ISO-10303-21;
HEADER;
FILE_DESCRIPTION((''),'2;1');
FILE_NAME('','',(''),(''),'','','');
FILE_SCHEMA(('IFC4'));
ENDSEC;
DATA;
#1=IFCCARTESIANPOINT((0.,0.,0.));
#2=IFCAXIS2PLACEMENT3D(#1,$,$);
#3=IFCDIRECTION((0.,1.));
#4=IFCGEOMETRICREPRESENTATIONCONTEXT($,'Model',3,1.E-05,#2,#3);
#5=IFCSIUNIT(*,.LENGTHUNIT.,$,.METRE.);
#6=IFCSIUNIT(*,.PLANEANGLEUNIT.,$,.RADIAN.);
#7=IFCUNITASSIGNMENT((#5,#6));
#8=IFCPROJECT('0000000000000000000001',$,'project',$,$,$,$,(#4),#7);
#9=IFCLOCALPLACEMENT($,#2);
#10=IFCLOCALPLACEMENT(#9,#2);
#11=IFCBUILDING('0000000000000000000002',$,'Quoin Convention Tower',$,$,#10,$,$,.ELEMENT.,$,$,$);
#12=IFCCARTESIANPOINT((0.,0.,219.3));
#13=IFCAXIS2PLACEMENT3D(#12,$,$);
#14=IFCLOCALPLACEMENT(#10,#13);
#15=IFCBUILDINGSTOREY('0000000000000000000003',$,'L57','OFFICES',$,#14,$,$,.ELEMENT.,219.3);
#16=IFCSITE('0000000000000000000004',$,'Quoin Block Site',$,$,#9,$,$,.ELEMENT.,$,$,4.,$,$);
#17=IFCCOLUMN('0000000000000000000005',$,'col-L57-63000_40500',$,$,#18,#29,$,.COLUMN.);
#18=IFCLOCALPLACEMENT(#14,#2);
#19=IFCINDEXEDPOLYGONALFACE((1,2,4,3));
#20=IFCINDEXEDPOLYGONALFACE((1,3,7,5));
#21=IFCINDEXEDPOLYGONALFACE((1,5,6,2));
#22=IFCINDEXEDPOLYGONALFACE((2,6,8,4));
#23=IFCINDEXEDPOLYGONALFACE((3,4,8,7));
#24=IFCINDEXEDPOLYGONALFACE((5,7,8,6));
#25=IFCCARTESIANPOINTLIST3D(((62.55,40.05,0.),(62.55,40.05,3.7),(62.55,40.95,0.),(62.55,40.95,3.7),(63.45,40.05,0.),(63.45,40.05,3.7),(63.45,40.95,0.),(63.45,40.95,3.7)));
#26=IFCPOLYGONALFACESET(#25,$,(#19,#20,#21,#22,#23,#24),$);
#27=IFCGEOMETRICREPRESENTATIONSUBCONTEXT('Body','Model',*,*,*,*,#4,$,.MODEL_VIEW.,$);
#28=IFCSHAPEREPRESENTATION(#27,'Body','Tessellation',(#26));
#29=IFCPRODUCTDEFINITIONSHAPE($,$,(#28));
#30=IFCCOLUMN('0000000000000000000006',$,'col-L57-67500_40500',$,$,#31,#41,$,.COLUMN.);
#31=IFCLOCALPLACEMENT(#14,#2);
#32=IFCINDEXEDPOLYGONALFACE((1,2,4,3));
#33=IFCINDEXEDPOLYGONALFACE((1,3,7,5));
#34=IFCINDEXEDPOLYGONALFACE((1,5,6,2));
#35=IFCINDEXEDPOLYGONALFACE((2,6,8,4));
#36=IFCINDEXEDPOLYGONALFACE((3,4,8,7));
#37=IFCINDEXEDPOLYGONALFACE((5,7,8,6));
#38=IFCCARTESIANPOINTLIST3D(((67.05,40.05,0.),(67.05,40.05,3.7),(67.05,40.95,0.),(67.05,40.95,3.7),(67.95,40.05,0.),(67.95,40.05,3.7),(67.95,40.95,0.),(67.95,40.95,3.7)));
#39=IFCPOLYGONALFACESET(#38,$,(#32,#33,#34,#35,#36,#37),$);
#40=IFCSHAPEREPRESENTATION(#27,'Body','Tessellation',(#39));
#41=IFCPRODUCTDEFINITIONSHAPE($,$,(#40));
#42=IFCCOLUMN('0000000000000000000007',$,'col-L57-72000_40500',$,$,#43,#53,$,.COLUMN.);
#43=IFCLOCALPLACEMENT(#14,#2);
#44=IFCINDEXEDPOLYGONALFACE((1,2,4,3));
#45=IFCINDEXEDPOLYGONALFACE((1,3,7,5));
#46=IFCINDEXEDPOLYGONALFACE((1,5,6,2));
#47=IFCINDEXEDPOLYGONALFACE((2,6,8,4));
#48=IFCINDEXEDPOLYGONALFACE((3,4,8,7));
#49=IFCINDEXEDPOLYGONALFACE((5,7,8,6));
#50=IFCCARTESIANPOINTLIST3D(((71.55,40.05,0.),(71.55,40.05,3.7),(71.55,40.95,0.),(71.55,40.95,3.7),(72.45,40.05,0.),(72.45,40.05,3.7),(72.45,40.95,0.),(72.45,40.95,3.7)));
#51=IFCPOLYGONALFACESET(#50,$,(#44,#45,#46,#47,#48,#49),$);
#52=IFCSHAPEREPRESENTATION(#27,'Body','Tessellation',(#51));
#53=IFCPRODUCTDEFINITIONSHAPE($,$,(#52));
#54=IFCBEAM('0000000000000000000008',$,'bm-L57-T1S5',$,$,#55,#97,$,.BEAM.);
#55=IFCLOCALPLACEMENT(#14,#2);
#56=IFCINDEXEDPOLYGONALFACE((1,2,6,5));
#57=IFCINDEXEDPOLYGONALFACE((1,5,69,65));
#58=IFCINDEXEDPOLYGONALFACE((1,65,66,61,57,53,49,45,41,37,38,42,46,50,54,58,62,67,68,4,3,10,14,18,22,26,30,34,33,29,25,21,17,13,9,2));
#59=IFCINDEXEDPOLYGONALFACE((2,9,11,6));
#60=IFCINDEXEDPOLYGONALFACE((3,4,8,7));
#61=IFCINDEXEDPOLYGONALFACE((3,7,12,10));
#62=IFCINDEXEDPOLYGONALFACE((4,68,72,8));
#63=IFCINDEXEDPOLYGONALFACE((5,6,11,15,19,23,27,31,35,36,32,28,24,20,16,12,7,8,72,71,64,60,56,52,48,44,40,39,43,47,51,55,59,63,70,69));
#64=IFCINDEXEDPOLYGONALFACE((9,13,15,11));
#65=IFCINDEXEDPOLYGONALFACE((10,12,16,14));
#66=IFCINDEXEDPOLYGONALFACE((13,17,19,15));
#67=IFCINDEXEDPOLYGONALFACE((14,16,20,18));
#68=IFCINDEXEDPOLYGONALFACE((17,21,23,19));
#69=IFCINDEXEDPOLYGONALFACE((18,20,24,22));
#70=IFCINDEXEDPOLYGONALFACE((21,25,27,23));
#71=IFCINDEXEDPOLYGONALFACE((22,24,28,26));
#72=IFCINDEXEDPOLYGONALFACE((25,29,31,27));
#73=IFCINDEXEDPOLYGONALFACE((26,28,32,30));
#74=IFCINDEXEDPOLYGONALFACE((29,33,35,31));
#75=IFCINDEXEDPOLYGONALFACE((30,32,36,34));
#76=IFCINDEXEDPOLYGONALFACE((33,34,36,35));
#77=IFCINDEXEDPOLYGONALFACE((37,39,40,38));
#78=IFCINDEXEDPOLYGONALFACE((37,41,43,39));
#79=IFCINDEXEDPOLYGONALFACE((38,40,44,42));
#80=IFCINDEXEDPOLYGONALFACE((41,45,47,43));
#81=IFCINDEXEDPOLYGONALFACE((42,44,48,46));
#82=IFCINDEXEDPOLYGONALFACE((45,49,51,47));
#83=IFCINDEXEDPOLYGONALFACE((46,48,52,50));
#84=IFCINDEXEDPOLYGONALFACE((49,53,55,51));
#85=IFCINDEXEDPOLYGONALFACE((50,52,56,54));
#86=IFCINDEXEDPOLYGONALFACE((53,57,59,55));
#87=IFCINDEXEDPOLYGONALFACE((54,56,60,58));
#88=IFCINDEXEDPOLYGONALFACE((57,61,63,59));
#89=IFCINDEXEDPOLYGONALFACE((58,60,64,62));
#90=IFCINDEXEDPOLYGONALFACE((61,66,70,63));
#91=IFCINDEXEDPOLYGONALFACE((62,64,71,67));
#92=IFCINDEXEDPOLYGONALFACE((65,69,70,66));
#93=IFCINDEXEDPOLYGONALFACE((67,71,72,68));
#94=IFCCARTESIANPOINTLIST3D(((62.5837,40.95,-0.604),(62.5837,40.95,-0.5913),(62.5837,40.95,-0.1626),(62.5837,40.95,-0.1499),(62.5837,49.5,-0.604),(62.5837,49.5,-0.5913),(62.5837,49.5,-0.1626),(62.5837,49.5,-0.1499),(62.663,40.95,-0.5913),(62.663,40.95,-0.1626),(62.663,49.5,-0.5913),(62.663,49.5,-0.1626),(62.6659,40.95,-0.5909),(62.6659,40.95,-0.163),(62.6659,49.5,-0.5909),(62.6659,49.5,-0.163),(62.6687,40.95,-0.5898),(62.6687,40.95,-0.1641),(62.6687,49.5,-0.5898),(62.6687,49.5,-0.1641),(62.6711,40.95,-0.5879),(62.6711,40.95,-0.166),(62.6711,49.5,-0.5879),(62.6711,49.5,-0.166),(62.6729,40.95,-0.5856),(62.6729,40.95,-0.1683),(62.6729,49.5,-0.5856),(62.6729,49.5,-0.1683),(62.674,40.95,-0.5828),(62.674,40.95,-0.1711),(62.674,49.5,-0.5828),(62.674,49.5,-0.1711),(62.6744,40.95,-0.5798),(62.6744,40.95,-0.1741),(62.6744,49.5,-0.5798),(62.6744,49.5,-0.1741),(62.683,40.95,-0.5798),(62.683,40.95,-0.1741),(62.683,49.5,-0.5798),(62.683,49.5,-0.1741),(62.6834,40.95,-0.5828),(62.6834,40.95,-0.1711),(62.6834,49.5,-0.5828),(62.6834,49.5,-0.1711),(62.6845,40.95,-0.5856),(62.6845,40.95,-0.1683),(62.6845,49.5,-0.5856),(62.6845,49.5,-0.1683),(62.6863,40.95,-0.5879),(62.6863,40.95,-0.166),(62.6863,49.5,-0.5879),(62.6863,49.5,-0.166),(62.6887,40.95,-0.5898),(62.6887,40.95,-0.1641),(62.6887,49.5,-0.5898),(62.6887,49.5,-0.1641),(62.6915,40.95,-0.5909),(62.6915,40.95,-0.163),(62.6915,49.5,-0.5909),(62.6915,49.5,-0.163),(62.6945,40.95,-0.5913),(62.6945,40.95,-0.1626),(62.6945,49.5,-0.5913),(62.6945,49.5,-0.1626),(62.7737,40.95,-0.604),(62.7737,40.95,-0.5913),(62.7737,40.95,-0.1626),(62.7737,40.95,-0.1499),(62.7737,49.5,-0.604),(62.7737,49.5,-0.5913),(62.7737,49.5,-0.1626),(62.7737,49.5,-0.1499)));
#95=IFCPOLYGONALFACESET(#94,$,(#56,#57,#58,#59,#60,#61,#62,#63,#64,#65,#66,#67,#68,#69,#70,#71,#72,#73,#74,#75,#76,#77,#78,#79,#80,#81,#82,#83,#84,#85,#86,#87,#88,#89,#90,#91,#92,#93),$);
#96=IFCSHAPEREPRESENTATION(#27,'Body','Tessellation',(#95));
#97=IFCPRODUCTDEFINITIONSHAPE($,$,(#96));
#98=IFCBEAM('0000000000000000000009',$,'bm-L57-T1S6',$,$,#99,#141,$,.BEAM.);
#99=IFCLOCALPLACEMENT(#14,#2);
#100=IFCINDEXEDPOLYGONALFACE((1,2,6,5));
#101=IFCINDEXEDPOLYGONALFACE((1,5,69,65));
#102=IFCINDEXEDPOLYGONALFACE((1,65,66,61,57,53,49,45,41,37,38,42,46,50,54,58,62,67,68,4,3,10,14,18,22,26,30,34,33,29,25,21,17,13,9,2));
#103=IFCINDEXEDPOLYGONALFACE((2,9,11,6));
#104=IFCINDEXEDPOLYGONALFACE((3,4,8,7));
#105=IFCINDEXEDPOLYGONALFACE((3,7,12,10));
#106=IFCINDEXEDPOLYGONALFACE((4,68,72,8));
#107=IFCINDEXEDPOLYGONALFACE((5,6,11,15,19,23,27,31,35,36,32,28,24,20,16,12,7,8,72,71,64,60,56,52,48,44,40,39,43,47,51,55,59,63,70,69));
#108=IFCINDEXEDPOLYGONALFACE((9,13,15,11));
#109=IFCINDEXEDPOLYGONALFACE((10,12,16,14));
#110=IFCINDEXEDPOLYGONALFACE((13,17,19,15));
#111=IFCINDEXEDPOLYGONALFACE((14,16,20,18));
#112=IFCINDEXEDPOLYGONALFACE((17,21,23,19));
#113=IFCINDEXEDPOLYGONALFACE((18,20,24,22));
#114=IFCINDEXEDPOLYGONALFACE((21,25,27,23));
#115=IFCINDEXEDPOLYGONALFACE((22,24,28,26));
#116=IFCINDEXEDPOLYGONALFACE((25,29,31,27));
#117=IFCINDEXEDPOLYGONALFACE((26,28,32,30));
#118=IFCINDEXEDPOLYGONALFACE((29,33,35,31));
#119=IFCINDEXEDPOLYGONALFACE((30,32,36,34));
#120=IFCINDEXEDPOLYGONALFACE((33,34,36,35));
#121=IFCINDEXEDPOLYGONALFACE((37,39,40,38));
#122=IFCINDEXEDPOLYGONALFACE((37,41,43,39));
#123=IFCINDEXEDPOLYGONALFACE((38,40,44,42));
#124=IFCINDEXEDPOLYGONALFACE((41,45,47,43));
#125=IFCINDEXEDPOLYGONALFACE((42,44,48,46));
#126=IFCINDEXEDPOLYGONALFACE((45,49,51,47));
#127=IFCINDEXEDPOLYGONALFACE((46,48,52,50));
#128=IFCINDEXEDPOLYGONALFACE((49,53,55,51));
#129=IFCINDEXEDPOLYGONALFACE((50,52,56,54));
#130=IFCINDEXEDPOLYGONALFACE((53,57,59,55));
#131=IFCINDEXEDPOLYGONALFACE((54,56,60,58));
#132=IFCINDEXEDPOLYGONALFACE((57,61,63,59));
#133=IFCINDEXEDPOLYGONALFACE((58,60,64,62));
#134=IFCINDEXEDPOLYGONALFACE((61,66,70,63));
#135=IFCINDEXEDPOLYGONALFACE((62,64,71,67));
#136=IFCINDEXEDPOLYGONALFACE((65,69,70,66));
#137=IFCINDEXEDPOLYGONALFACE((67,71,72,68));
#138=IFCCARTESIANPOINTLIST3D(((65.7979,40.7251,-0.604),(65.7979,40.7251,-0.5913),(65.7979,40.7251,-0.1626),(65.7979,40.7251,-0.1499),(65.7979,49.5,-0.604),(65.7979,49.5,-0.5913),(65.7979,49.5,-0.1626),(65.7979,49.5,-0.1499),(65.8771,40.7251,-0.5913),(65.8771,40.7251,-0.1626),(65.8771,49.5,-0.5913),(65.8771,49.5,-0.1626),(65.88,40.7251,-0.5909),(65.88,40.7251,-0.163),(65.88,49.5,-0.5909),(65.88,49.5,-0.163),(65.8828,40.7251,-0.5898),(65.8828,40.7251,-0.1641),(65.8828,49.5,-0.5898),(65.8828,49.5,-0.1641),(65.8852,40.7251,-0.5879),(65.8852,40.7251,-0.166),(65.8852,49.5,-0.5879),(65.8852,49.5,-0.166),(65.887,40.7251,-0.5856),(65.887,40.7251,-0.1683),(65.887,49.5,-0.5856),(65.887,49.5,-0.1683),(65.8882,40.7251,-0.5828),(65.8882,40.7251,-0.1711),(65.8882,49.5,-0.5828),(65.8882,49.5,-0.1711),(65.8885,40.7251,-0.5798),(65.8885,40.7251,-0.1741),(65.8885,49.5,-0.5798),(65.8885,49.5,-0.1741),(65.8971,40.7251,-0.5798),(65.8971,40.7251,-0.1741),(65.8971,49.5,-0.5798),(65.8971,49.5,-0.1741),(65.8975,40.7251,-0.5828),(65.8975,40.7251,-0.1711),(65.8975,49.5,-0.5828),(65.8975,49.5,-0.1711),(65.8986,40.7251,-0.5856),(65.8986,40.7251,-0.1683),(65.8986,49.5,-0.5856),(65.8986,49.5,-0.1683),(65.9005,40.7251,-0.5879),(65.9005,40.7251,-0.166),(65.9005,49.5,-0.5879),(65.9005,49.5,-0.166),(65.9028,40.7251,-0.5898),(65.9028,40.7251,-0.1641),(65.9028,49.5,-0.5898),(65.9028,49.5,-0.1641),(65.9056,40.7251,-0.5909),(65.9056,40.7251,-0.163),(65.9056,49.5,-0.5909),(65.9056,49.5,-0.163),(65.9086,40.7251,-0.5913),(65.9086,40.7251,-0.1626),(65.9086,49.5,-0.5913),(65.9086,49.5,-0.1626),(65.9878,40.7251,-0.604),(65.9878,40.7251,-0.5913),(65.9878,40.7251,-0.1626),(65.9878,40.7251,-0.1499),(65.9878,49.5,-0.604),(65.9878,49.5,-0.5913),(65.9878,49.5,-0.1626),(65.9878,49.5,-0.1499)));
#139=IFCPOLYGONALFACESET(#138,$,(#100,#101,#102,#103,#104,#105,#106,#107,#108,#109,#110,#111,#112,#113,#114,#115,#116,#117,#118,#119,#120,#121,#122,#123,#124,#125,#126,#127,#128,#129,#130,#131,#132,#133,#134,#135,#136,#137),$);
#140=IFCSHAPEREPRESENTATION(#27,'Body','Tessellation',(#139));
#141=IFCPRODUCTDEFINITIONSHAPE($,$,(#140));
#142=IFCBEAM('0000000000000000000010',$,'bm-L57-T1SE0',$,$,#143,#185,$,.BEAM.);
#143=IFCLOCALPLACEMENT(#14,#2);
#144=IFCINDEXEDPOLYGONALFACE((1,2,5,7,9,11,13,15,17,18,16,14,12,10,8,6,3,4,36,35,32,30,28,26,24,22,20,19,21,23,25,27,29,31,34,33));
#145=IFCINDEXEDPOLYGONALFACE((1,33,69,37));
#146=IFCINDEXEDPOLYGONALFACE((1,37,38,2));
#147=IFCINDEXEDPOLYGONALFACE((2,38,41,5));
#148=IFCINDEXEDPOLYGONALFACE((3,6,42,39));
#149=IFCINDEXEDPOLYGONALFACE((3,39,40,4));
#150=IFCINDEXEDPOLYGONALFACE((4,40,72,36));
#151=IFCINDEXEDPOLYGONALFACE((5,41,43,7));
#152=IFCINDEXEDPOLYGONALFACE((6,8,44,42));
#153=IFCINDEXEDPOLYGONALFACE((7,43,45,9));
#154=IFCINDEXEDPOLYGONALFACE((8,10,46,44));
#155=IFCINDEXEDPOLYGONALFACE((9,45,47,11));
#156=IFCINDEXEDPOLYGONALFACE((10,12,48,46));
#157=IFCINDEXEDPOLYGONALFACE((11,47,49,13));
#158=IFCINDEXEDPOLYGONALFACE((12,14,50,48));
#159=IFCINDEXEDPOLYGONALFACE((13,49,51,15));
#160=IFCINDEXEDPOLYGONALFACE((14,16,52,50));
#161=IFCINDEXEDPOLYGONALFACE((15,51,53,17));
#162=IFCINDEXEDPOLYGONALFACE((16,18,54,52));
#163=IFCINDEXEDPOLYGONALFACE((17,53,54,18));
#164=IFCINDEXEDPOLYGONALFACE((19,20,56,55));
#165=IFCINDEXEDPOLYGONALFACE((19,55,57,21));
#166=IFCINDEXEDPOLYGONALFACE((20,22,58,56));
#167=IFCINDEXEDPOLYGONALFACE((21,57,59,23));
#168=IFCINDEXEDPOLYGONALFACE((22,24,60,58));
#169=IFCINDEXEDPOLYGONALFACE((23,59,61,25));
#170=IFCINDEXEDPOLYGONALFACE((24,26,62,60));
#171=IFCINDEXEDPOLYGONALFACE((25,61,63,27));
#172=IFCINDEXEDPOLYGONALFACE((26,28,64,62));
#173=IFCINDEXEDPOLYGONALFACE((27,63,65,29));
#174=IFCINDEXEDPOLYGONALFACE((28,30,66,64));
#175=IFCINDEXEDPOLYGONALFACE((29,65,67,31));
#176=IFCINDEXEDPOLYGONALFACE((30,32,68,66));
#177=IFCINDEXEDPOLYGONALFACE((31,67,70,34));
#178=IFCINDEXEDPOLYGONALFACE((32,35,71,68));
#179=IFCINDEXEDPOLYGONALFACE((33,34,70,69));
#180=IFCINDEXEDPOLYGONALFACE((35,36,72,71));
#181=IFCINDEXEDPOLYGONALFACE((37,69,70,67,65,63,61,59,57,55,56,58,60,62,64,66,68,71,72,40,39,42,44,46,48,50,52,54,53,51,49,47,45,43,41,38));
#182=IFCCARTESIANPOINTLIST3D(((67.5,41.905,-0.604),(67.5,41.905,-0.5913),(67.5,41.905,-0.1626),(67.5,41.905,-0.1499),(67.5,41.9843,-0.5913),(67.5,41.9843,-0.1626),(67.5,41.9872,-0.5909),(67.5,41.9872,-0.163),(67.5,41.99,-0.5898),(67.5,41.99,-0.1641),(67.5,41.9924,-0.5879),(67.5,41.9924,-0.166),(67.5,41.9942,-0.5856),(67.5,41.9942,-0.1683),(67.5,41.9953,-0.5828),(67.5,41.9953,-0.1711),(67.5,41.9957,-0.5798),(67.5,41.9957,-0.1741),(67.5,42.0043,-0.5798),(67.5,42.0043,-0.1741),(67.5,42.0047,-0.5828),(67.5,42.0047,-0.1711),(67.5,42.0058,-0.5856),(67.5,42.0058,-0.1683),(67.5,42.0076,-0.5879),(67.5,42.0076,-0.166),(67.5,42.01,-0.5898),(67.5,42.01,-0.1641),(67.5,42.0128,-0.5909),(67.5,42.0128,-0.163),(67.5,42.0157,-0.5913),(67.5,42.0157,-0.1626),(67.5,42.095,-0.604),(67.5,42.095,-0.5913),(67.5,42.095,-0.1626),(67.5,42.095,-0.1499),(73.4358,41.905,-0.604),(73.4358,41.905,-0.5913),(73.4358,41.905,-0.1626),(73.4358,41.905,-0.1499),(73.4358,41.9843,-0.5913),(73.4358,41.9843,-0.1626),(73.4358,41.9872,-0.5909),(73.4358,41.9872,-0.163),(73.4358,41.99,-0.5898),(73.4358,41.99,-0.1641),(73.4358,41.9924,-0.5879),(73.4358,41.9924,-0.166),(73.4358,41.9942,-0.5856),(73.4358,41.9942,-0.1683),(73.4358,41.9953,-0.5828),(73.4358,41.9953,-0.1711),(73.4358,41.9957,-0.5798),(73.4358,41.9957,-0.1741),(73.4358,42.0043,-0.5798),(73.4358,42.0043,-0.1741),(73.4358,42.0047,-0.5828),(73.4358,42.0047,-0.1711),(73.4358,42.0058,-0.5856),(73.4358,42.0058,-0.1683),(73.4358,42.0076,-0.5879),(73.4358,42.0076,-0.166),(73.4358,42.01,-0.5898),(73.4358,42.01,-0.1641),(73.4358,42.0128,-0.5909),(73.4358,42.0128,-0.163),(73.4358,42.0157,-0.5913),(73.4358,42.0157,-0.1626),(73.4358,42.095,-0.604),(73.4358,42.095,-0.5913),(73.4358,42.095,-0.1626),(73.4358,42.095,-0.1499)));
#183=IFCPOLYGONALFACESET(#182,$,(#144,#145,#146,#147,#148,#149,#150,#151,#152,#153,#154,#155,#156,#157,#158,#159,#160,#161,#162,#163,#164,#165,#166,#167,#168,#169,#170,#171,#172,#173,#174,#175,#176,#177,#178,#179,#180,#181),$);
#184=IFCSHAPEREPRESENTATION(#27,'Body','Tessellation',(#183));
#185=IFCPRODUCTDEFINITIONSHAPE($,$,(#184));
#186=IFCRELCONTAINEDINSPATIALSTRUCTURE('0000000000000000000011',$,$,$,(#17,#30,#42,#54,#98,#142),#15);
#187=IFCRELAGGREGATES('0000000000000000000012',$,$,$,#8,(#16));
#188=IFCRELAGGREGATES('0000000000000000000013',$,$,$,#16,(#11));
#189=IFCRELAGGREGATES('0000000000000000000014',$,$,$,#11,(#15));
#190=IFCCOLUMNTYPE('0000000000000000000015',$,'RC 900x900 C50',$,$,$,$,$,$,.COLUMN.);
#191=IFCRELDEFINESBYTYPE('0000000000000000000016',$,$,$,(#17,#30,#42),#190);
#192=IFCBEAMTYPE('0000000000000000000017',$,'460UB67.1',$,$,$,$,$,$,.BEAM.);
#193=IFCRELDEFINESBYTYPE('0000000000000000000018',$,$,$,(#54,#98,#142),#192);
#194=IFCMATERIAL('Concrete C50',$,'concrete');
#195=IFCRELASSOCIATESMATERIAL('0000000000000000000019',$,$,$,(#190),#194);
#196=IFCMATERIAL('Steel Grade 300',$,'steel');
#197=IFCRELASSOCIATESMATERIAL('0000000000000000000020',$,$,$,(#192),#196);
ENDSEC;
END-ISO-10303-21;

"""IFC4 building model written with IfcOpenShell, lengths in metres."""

from ifc_helpers import new_model, si_unit, direction, frame, origin, origin_2d, place, context, subcontext, project, spatial, rectangle, i_section, extrude, material, material_profile, profile_set, type_object, element, save


model = new_model("IFC4")

# Units and contexts
model_context = context("Model", 3, precision=1e-05, world=origin(), true_north=direction((0.0, 1.0)))
body_context = subcontext(model_context, "Body", "Model", "MODEL_VIEW")
ifc_project = project(units=[si_unit("LENGTHUNIT", "METRE"), si_unit("PLANEANGLEUNIT", "RADIAN")], contexts=[model_context])

# Site, building, storey
site_placement = place(None, origin())
site = spatial("IfcSite", under=ifc_project, at=site_placement, Name="Quoin Block Site", CompositionType="ELEMENT", RefElevation=4.0)
building_placement = place(site_placement, origin())
building = spatial("IfcBuilding", under=site, at=building_placement, Name="Quoin Convention Tower", CompositionType="ELEMENT")
storey_placement = place(building_placement, frame((0.0, 0.0, 219.3)))
storey = spatial("IfcBuildingStorey", under=building, at=storey_placement, Name="L57", Description="OFFICES", CompositionType="ELEMENT", Elevation=219.3)

# Columns
ifc_material_1 = material(Name="Concrete C50", Category="concrete")
ifc_material_profile_1 = material_profile(ifc_material_1, rectangle(XDim=0.8999, YDim=0.8999, at=origin_2d()), Name="RC 900x900")
ifc_profile_set_1 = profile_set([ifc_material_profile_1], Name="Concrete C50")
column_type = type_object("IfcColumnType", Name="RC 900x900 C50", PredefinedType="COLUMN", material=ifc_profile_set_1)
for number, where, z_axis, x_axis, name in (
    (1, (63.0, 40.5, 0.0), (0.0, 0.0, 1.0), (1.0, 0.0, 0.0), "col-L57-63000_40500"),
    (2, (67.5, 40.5, 0.0), (0.0, 0.0, 1.0), (1.0, 0.0, 0.0), "col-L57-67500_40500"),
    (3, (72.0, 40.5, 0.0), (0.0, 0.0, 1.0), (1.0, 0.0, 0.0), "col-L57-72000_40500"),
):
    element("IfcColumn", number, at=place(storey_placement, frame(where, z_axis=z_axis, x_axis=x_axis)), inside=storey, type_object=column_type, Name=name, PredefinedType="COLUMN", context=body_context, shape_type="SweptSolid", body=[
        extrude(rectangle(XDim=0.8999, YDim=0.8999, at=origin_2d()), origin(), (0.0, 0.0, 1.0), 3.7),
    ])

# Beams
ifc_material_2 = material(Name="Steel Grade 300", Category="steel")
ifc_material_profile_2 = material_profile(ifc_material_2, i_section(OverallWidth=0.1899, OverallDepth=0.4541, WebThickness=0.0085, FlangeThickness=0.0127, FilletRadius=0.0115, at=origin_2d()), Name="460UB67.1")
ifc_profile_set_2 = profile_set([ifc_material_profile_2], Name="Steel Grade 300")
beam_type_1 = type_object("IfcBeamType", Name="460UB67.1", PredefinedType="BEAM", material=ifc_profile_set_2)
beam_1_placement = place(storey_placement, frame((62.6787, 40.95, -0.377), z_axis=(0.0, 1.0, 0.0), x_axis=(-1.0, 0.0, 0.0)))
element("IfcBeam", 4, at=beam_1_placement, inside=storey, type_object=beam_type_1, Name="bm-L57-T1S5", PredefinedType="BEAM", context=body_context, shape_type="SweptSolid", body=[
    extrude(i_section(OverallWidth=0.1899, OverallDepth=0.4541, WebThickness=0.0085, FlangeThickness=0.0127, FilletRadius=0.0115, at=origin_2d()), origin(), (0.0, 0.0, 1.0), 8.55),
])
beam_2_placement = place(storey_placement, frame((65.8928, 40.7251, -0.377), z_axis=(0.0, 1.0, 0.0), x_axis=(-1.0, 0.0, 0.0)))
element("IfcBeam", 5, at=beam_2_placement, inside=storey, type_object=beam_type_1, Name="bm-L57-T1S6", PredefinedType="BEAM", context=body_context, shape_type="SweptSolid", body=[
    extrude(i_section(OverallWidth=0.1899, OverallDepth=0.4541, WebThickness=0.0085, FlangeThickness=0.0127, FilletRadius=0.0115, at=origin_2d()), origin(), (0.0, 0.0, 1.0), 8.7749),
])
beam_3_placement = place(storey_placement, frame((67.5, 42.0, -0.377), z_axis=(1.0, 0.0, 0.0), x_axis=(0.0, 1.0, 0.0)))
element("IfcBeam", 6, at=beam_3_placement, inside=storey, type_object=beam_type_1, Name="bm-L57-T1SE0", PredefinedType="BEAM", context=body_context, shape_type="SweptSolid", body=[
    extrude(i_section(OverallWidth=0.1899, OverallDepth=0.4541, WebThickness=0.0085, FlangeThickness=0.0127, FilletRadius=0.0115, at=origin_2d()), origin(), (0.0, 0.0, 1.0), 5.9358),
])

save(model, "model.ifc")
